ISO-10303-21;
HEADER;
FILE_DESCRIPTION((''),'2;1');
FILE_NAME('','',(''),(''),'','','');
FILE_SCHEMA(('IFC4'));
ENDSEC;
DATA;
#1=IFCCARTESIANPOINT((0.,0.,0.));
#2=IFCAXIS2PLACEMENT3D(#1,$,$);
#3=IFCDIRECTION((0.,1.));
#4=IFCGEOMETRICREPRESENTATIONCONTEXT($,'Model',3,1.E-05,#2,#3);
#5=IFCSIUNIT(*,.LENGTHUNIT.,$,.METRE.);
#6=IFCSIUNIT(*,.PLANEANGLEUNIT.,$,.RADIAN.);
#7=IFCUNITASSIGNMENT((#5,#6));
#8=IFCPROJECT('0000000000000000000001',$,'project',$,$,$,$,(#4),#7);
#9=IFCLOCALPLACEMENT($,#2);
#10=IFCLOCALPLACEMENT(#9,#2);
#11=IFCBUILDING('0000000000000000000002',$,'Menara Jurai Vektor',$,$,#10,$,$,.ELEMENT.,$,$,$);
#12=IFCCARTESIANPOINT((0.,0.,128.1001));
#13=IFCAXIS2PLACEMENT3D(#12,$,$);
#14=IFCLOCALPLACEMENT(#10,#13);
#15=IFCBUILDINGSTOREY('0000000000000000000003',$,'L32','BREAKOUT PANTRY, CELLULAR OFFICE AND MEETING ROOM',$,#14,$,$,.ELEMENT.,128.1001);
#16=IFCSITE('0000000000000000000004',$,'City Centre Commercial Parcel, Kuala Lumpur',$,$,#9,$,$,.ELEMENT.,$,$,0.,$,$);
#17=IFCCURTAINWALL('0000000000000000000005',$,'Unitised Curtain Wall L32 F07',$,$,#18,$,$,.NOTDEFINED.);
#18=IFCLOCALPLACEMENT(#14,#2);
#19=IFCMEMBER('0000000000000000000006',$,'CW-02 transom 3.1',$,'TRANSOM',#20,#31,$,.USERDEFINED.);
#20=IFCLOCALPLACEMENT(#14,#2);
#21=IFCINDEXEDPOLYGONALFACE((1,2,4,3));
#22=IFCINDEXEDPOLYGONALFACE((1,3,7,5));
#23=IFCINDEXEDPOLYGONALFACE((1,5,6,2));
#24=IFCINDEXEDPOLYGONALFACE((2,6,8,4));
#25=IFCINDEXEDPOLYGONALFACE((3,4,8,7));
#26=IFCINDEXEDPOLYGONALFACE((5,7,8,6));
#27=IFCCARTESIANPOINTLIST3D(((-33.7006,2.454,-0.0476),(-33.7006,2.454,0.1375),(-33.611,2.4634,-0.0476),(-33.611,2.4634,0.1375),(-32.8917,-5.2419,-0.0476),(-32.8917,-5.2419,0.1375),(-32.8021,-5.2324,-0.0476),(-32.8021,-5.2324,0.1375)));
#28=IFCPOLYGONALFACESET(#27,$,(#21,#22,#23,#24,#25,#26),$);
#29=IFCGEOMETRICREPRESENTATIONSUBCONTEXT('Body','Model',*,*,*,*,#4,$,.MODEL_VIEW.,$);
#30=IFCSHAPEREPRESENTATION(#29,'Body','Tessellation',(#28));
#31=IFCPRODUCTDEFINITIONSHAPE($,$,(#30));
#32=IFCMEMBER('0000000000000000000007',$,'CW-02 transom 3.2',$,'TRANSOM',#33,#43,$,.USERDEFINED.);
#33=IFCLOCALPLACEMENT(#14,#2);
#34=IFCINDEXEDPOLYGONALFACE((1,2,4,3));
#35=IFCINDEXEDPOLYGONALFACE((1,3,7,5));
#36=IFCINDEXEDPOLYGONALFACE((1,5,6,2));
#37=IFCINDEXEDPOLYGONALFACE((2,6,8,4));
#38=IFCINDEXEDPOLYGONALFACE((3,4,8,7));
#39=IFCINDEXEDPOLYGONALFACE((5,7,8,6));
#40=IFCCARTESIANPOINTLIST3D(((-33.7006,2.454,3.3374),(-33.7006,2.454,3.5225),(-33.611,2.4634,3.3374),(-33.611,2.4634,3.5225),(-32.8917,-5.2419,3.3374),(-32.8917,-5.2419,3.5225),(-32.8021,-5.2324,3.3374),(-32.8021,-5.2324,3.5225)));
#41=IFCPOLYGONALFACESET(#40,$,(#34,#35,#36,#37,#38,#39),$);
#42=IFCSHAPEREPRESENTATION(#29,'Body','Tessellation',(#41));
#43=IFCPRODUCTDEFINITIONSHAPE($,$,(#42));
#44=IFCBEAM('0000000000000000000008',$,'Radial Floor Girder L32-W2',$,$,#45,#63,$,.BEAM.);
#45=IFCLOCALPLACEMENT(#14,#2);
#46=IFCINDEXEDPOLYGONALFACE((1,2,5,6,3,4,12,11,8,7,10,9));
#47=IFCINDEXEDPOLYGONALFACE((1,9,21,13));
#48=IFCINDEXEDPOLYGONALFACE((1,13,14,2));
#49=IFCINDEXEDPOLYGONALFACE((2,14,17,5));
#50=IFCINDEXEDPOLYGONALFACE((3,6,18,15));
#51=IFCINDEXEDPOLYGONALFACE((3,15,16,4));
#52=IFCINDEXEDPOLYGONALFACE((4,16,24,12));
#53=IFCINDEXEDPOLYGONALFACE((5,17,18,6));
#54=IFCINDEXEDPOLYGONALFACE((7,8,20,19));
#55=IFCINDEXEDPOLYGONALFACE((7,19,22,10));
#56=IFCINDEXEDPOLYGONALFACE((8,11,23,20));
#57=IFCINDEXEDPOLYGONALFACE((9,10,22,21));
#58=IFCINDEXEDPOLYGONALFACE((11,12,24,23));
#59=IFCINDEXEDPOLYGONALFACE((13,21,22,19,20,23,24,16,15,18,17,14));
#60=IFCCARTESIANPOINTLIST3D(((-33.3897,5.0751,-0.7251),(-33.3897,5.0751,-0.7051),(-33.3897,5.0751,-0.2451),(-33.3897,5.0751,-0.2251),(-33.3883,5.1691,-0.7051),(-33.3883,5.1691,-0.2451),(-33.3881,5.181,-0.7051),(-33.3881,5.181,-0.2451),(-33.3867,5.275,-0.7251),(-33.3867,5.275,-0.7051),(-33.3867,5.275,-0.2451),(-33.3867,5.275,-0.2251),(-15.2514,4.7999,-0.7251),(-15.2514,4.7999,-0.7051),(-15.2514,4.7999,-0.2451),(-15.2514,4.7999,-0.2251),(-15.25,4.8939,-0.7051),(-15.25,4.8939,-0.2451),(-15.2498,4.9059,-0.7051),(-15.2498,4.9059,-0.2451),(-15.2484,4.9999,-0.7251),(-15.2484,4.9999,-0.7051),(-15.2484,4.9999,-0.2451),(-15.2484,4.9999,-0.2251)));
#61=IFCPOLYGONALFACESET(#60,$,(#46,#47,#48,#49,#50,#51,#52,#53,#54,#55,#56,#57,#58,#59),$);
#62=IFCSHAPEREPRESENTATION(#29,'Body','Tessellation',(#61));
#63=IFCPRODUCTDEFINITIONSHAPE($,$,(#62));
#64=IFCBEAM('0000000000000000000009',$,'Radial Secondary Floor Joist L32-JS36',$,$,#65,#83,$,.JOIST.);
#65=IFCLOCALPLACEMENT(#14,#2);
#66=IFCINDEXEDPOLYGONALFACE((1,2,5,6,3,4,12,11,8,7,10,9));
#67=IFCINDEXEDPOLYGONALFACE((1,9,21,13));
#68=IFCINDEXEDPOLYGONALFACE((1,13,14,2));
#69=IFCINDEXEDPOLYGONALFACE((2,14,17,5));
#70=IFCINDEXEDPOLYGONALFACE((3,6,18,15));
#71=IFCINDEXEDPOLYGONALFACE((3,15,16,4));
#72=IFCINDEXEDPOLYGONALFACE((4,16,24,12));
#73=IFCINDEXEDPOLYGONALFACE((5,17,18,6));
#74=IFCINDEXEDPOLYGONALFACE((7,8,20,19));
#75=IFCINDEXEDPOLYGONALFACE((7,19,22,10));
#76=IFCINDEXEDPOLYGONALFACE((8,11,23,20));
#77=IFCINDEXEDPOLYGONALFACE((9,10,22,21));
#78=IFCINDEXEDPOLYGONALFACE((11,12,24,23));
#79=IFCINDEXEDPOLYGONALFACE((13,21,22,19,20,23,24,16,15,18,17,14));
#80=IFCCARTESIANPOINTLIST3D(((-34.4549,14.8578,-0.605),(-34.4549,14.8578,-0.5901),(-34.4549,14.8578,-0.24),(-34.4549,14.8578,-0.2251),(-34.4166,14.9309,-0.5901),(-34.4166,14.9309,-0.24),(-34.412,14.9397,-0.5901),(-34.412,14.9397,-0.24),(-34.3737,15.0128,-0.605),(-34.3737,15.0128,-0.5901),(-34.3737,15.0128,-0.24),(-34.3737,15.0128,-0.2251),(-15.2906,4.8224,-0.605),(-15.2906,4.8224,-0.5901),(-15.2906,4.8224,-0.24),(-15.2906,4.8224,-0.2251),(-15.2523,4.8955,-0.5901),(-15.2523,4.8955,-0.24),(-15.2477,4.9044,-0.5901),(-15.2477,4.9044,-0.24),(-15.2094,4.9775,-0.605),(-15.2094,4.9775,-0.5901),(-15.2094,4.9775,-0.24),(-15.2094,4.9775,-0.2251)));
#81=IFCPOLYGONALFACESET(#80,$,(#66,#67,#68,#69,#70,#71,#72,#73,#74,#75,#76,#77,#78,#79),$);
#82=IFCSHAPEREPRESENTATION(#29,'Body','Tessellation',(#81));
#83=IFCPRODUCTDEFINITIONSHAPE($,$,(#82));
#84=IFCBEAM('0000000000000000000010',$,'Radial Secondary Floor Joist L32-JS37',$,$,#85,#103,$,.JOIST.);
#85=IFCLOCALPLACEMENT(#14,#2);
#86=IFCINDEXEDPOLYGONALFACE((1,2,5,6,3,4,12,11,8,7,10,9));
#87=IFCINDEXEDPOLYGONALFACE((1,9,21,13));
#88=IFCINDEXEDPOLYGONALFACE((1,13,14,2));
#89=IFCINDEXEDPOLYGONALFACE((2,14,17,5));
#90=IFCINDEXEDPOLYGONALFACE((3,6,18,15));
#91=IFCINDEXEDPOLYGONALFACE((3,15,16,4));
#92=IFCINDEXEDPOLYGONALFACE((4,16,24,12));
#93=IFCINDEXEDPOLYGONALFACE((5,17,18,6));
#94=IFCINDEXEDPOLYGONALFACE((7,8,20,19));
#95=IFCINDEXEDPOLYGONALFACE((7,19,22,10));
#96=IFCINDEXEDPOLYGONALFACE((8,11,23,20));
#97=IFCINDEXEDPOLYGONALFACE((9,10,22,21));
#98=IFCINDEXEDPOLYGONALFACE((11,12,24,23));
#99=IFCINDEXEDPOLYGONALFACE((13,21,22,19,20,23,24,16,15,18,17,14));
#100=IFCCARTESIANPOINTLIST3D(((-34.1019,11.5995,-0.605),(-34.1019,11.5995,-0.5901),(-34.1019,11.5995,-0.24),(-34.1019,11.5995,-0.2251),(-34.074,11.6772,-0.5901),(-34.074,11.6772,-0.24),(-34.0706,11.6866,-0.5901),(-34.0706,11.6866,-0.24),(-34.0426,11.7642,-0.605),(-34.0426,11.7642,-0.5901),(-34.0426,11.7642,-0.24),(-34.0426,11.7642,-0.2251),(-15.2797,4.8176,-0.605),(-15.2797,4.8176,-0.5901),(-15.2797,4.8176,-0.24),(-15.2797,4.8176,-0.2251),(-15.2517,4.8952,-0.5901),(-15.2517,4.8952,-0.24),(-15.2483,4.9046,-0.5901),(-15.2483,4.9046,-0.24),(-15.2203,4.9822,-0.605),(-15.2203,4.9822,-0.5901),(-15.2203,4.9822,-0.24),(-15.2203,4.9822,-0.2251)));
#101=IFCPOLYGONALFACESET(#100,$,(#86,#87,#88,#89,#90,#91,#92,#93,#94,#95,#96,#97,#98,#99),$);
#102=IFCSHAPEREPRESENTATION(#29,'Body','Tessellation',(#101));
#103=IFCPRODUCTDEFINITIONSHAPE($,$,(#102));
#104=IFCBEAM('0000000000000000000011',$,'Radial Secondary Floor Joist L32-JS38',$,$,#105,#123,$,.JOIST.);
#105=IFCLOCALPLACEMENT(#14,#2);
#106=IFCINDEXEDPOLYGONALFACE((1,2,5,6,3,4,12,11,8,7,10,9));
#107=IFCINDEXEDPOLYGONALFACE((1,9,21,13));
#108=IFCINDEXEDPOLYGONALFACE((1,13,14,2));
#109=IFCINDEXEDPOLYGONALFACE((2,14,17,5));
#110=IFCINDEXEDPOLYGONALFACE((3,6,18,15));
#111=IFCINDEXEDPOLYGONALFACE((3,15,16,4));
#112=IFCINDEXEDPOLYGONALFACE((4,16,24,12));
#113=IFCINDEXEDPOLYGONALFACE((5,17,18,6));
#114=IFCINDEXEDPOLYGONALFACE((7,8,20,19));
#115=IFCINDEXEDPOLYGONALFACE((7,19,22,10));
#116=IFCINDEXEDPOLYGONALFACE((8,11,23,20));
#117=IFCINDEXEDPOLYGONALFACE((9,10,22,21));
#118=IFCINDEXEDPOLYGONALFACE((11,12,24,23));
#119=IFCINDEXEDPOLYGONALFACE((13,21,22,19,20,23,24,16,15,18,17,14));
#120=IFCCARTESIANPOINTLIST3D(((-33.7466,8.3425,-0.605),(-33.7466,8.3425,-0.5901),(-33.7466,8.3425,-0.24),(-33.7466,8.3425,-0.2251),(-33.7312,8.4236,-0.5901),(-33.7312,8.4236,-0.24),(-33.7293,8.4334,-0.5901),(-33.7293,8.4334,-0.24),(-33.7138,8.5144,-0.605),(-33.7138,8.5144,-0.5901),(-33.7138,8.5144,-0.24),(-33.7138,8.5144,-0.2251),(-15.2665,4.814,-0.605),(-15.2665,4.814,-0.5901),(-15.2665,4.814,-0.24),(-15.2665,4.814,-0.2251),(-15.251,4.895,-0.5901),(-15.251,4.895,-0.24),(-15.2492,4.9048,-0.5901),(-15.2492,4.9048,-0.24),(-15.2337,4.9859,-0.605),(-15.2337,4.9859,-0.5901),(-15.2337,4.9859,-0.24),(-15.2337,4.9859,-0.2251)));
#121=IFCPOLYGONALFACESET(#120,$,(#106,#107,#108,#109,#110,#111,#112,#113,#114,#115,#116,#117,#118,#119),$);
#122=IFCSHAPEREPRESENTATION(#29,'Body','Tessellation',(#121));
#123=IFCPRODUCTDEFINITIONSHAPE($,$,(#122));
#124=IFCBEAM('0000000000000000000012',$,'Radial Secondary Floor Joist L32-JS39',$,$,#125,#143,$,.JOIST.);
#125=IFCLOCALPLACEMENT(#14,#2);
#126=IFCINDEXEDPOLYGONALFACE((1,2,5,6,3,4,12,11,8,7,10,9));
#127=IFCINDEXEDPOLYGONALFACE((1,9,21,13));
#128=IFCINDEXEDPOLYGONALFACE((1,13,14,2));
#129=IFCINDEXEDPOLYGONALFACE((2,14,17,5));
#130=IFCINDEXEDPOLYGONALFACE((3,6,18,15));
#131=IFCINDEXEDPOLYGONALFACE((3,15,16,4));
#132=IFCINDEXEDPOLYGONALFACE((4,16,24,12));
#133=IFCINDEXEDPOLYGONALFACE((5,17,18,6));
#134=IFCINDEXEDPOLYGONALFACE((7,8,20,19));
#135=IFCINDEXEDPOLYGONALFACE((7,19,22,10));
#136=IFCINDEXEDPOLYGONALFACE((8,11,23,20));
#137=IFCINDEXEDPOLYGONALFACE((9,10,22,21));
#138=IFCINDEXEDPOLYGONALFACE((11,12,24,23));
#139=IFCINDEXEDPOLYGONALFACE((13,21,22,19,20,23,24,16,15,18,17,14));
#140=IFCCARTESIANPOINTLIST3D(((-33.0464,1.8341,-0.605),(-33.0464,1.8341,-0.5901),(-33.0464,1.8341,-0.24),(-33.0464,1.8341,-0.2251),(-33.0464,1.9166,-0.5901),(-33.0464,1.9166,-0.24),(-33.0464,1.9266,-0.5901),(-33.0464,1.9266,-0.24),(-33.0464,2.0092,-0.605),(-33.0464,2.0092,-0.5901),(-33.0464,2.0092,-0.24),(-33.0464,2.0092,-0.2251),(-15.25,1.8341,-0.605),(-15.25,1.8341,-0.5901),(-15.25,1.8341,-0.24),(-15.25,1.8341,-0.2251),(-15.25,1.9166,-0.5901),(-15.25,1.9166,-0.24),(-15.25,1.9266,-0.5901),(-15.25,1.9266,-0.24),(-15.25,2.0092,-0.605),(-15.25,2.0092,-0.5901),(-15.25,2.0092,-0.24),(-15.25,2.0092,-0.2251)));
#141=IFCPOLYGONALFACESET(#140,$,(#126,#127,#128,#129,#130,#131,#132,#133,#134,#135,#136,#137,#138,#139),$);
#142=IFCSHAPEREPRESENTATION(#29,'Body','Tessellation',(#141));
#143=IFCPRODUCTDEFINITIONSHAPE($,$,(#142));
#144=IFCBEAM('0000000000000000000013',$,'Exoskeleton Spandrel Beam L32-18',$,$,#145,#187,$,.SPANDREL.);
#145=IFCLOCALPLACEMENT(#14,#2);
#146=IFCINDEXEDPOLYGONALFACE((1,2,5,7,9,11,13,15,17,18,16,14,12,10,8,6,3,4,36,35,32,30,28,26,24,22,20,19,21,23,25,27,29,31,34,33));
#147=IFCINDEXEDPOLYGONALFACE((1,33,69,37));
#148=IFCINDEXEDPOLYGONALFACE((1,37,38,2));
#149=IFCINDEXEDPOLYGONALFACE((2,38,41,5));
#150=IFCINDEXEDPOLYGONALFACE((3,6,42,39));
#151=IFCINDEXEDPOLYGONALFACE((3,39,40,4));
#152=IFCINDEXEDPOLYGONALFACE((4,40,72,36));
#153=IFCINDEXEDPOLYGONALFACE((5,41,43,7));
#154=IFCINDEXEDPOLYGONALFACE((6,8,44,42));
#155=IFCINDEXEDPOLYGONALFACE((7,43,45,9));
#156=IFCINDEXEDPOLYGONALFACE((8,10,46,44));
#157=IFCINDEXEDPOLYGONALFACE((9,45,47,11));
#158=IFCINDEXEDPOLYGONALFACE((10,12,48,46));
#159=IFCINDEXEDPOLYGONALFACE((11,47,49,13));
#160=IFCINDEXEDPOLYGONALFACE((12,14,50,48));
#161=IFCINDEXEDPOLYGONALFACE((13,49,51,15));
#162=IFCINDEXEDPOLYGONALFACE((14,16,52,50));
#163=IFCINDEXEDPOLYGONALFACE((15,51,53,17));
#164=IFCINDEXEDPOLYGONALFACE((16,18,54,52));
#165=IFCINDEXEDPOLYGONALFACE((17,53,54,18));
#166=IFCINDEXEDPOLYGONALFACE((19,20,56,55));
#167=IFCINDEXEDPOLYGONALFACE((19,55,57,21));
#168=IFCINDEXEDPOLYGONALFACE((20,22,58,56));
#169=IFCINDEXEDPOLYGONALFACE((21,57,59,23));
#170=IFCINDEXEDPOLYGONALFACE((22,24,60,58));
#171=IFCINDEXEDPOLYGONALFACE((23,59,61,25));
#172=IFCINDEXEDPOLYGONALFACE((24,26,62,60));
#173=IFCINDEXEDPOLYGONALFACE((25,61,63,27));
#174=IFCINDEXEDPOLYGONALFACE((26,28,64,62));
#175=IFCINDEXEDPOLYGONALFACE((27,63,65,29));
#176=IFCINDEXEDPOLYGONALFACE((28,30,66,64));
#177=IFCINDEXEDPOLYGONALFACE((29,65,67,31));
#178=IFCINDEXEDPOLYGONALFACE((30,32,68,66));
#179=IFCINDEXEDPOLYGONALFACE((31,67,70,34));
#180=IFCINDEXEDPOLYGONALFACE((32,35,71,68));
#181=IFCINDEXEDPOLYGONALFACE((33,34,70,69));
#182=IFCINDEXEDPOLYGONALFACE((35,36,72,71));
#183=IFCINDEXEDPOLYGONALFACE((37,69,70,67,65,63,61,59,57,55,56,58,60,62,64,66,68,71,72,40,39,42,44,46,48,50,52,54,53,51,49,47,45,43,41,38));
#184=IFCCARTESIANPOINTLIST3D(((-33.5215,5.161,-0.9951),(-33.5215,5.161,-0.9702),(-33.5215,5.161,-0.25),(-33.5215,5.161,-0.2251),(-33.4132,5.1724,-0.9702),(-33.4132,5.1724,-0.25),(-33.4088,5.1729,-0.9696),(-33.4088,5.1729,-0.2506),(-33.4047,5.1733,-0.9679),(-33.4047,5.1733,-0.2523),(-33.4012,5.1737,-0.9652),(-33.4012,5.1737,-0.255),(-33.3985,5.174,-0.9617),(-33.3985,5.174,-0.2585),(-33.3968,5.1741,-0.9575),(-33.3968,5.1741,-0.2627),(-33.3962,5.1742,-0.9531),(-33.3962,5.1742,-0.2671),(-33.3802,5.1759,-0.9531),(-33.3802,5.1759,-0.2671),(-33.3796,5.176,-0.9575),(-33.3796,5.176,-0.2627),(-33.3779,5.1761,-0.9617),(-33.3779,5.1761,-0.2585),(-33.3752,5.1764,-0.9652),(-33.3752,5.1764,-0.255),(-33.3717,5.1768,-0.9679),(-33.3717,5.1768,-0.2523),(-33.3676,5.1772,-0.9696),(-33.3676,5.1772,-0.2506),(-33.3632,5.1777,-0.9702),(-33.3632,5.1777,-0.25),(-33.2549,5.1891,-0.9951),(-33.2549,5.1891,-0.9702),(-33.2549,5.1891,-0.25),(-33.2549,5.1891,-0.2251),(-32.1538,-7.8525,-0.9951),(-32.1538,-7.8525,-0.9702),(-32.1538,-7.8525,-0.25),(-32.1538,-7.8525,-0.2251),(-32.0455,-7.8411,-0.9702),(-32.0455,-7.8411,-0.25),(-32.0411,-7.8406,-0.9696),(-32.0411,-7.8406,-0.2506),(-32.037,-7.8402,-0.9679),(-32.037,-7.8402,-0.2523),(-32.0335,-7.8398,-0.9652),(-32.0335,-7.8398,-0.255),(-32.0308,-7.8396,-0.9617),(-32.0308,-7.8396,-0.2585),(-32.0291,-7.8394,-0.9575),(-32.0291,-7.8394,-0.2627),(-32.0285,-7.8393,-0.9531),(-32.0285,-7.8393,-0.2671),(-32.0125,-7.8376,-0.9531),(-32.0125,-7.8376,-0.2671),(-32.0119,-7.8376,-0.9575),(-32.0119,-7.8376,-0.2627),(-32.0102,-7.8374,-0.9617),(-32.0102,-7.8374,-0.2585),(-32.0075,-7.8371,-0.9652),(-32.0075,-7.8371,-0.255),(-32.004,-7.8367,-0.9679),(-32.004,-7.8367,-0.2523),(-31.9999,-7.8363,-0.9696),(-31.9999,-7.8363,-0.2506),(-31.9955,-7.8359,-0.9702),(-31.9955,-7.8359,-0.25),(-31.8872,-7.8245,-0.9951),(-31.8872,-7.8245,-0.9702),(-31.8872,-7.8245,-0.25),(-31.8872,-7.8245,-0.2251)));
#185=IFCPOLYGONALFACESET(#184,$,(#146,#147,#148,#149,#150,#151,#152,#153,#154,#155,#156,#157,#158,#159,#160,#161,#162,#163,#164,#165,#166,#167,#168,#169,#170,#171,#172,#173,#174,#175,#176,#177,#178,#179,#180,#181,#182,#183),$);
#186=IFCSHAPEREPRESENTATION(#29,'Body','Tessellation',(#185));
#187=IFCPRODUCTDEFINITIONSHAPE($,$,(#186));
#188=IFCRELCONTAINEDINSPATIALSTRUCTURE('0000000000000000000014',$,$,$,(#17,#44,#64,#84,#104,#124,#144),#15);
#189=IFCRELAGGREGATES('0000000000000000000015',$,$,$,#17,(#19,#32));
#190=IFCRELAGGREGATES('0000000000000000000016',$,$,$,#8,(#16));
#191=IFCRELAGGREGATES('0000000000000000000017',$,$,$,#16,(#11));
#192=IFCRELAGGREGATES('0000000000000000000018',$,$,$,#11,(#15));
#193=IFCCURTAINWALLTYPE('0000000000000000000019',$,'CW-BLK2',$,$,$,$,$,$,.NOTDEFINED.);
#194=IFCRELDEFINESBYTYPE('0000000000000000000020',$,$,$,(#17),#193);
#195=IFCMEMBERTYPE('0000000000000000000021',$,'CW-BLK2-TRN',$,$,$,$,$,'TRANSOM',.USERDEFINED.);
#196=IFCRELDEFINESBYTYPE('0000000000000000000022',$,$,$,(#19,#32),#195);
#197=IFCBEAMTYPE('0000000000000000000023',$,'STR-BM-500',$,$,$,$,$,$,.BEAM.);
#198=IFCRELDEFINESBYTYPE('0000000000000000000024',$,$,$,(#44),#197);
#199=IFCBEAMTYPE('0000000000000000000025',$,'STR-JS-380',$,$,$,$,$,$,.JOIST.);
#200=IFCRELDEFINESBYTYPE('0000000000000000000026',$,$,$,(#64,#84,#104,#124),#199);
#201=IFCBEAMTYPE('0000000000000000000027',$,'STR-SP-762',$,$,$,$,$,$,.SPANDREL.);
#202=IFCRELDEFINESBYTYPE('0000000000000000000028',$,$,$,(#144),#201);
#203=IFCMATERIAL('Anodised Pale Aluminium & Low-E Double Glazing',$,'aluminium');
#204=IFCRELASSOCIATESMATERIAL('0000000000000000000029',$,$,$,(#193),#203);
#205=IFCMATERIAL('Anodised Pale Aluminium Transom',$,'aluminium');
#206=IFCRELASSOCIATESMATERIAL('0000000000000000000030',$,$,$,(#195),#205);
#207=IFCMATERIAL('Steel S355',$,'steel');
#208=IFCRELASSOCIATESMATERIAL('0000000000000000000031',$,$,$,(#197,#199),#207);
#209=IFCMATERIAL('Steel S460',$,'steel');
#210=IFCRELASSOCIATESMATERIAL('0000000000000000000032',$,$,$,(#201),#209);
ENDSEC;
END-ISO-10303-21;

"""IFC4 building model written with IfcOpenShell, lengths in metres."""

from ifc_helpers import new_model, si_unit, direction, frame, origin, origin_2d, place, context, subcontext, project, spatial, rectangle, i_section, extrude, material, material_profile, profile_set, type_object, element, aggregate, save


model = new_model("IFC4")

# Units and contexts
model_context = context("Model", 3, precision=1e-05, world=origin(), true_north=direction((0.0, 1.0)))
body_context = subcontext(model_context, "Body", "Model", "MODEL_VIEW")
ifc_project = project(units=[si_unit("LENGTHUNIT", "METRE"), si_unit("PLANEANGLEUNIT", "RADIAN")], contexts=[model_context])

# Site, building, storey
site_placement = place(None, origin())
site = spatial("IfcSite", under=ifc_project, at=site_placement, Name="City Centre Commercial Parcel, Kuala Lumpur", CompositionType="ELEMENT", RefElevation=0.0)
building_placement = place(site_placement, origin())
building = spatial("IfcBuilding", under=site, at=building_placement, Name="Menara Jurai Vektor", CompositionType="ELEMENT")
storey_placement = place(building_placement, frame((0.0, 0.0, 128.1001)))
storey = spatial("IfcBuildingStorey", under=building, at=storey_placement, Name="L32", Description="BREAKOUT PANTRY, CELLULAR OFFICE AND MEETING ROOM", CompositionType="ELEMENT", Elevation=128.1001)

# Shared definitions
ifc_material_1 = material(Name="Steel S460", Category="steel")

# Curtain wall, members
ifc_material_2 = material(Name="Anodised Pale Aluminium & Low-E Double Glazing", Category="aluminium")
curtain_wall_type = type_object("IfcCurtainWallType", Name="CW-BLK2", PredefinedType="NOTDEFINED", material=ifc_material_2)
curtain_wall_placement = place(storey_placement, origin())
curtain_wall = element("IfcCurtainWall", 1, at=curtain_wall_placement, inside=storey, type_object=curtain_wall_type, Name="Unitised Curtain Wall L32 F07", PredefinedType="NOTDEFINED")
ifc_material_3 = material(Name="Anodised Pale Aluminium Transom", Category="aluminium")
ifc_material_profile_1 = material_profile(ifc_material_3, rectangle(XDim=0.0901, YDim=0.1851, at=origin_2d()), Name="ALU TRN 90x185")
ifc_profile_set_1 = profile_set([ifc_material_profile_1], Name="Anodised Pale Aluminium Transom")
member_type_1 = type_object("IfcMemberType", Name="CW-BLK2-TRN", ElementType="TRANSOM", PredefinedType="USERDEFINED", material=ifc_profile_set_1)
member_1_placement = place(storey_placement, frame((-33.6558, 2.4587, 0.0449), z_axis=(0.104525, -0.994522, 0.0), x_axis=(0.994522, 0.104525, 0.0)))
member_1 = element("IfcMember", 2, at=member_1_placement, type_object=member_type_1, Name="CW-02 transom 3.1", ObjectType="TRANSOM", PredefinedType="USERDEFINED", context=body_context, shape_type="SweptSolid", body=[
    extrude(rectangle(XDim=0.0901, YDim=0.1851, at=origin_2d()), origin(), (0.0, 0.0, 1.0), 7.7383),
])
member_2_placement = place(storey_placement, frame((-33.6558, 2.4587, 3.4299), z_axis=(0.104525, -0.994522, 0.0), x_axis=(0.994522, 0.104525, 0.0)))
member_2 = element("IfcMember", 3, at=member_2_placement, type_object=member_type_1, Name="CW-02 transom 3.2", ObjectType="TRANSOM", PredefinedType="USERDEFINED", context=body_context, shape_type="SweptSolid", body=[
    extrude(rectangle(XDim=0.0901, YDim=0.1851, at=origin_2d()), origin(), (0.0, 0.0, 1.0), 7.7383),
])

# Beams
ifc_material_4 = material(Name="Steel S355", Category="steel")
ifc_material_profile_2 = material_profile(ifc_material_4, i_section(OverallWidth=0.2, OverallDepth=0.5, WebThickness=0.012, FlangeThickness=0.02, at=origin_2d()), Name="PG 500x200x96")
ifc_profile_set_2 = profile_set([ifc_material_profile_2], Name="Steel S355")
beam_type_1 = type_object("IfcBeamType", Name="STR-BM-500", PredefinedType="BEAM", material=ifc_profile_set_2)
beam_1_placement = place(storey_placement, frame((-33.3882, 5.175, -0.4751), z_axis=(0.999885, -0.015168, 0.0), x_axis=(0.015168, 0.999885, 0.0)))
element("IfcBeam", 4, at=beam_1_placement, inside=storey, type_object=beam_type_1, Name="Radial Floor Girder L32-W2", PredefinedType="BEAM", context=body_context, shape_type="SweptSolid", body=[
    extrude(i_section(OverallWidth=0.2, OverallDepth=0.5, WebThickness=0.012, FlangeThickness=0.02, at=origin_2d()), origin(), (0.0, 0.0, 1.0), 18.1404),
])
ifc_material_profile_3 = material_profile(ifc_material_4, i_section(OverallWidth=0.175, OverallDepth=0.3799, WebThickness=0.01, FlangeThickness=0.0149, at=origin_2d()), Name="PG 380x175x58")
ifc_profile_set_3 = profile_set([ifc_material_profile_3], Name="Steel S355")
beam_type_2 = type_object("IfcBeamType", Name="STR-JS-380", PredefinedType="JOIST", material=ifc_profile_set_3)
beam_2_placement = place(storey_placement, frame((-34.4143, 14.9353, -0.415), z_axis=(0.885889, -0.463897, 0.0), x_axis=(0.463897, 0.885889, 0.0)))
element("IfcBeam", 5, at=beam_2_placement, inside=storey, type_object=beam_type_2, Name="Radial Secondary Floor Joist L32-JS36", PredefinedType="JOIST", context=body_context, shape_type="SweptSolid", body=[
    extrude(i_section(OverallWidth=0.175, OverallDepth=0.3799, WebThickness=0.01, FlangeThickness=0.0149, at=origin_2d()), origin(), (0.0, 0.0, 1.0), 21.6328),
])
beam_3_placement = place(storey_placement, frame((-34.0723, 11.6819, -0.415), z_axis=(0.940792, -0.338983, 0.0), x_axis=(0.338983, 0.940792, 0.0)))
element("IfcBeam", 6, at=beam_3_placement, inside=storey, type_object=beam_type_2, Name="Radial Secondary Floor Joist L32-JS37", PredefinedType="JOIST", context=body_context, shape_type="SweptSolid", body=[
    extrude(i_section(OverallWidth=0.175, OverallDepth=0.3799, WebThickness=0.01, FlangeThickness=0.0149, at=origin_2d()), origin(), (0.0, 0.0, 1.0), 20.0068),
])
beam_4_placement = place(storey_placement, frame((-33.7302, 8.4285, -0.415), z_axis=(0.982255, -0.187549, 0.0), x_axis=(0.187549, 0.982255, 0.0)))
element("IfcBeam", 7, at=beam_4_placement, inside=storey, type_object=beam_type_2, Name="Radial Secondary Floor Joist L32-JS38", PredefinedType="JOIST", context=body_context, shape_type="SweptSolid", body=[
    extrude(i_section(OverallWidth=0.175, OverallDepth=0.3799, WebThickness=0.01, FlangeThickness=0.0149, at=origin_2d()), origin(), (0.0, 0.0, 1.0), 18.814),
])
beam_5_placement = place(storey_placement, frame((-33.0464, 1.9216, -0.415), z_axis=(1.0, 0.0, 0.0), x_axis=(0.0, 1.0, 0.0)))
element("IfcBeam", 8, at=beam_5_placement, inside=storey, type_object=beam_type_2, Name="Radial Secondary Floor Joist L32-JS39", PredefinedType="JOIST", context=body_context, shape_type="SweptSolid", body=[
    extrude(i_section(OverallWidth=0.175, OverallDepth=0.3799, WebThickness=0.01, FlangeThickness=0.0149, at=origin_2d()), origin(), (0.0, 0.0, 1.0), 17.7964),
])
ifc_material_profile_4 = material_profile(ifc_material_1, i_section(OverallWidth=0.2681, OverallDepth=0.77, WebThickness=0.0161, FlangeThickness=0.0249, FilletRadius=0.0171, at=origin_2d()), Name="UKB 762x267x197")
ifc_profile_set_4 = profile_set([ifc_material_profile_4], Name="Steel S460")
beam_type_3 = type_object("IfcBeamType", Name="STR-SP-762", PredefinedType="SPANDREL", material=ifc_profile_set_4)
beam_6_placement = place(storey_placement, frame((-33.3882, 5.175, -0.6101), z_axis=(0.104522, -0.994523, 0.0), x_axis=(0.994523, 0.104522, 0.0)))
element("IfcBeam", 9, at=beam_6_placement, inside=storey, type_object=beam_type_3, Name="Exoskeleton Spandrel Beam L32-18", PredefinedType="SPANDREL", context=body_context, shape_type="SweptSolid", body=[
    extrude(i_section(OverallWidth=0.2681, OverallDepth=0.77, WebThickness=0.0161, FlangeThickness=0.0249, FilletRadius=0.0171, at=origin_2d()), origin(), (0.0, 0.0, 1.0), 13.0852),
])

aggregate(curtain_wall, [member_1, member_2])

save(model, "model.ifc")
